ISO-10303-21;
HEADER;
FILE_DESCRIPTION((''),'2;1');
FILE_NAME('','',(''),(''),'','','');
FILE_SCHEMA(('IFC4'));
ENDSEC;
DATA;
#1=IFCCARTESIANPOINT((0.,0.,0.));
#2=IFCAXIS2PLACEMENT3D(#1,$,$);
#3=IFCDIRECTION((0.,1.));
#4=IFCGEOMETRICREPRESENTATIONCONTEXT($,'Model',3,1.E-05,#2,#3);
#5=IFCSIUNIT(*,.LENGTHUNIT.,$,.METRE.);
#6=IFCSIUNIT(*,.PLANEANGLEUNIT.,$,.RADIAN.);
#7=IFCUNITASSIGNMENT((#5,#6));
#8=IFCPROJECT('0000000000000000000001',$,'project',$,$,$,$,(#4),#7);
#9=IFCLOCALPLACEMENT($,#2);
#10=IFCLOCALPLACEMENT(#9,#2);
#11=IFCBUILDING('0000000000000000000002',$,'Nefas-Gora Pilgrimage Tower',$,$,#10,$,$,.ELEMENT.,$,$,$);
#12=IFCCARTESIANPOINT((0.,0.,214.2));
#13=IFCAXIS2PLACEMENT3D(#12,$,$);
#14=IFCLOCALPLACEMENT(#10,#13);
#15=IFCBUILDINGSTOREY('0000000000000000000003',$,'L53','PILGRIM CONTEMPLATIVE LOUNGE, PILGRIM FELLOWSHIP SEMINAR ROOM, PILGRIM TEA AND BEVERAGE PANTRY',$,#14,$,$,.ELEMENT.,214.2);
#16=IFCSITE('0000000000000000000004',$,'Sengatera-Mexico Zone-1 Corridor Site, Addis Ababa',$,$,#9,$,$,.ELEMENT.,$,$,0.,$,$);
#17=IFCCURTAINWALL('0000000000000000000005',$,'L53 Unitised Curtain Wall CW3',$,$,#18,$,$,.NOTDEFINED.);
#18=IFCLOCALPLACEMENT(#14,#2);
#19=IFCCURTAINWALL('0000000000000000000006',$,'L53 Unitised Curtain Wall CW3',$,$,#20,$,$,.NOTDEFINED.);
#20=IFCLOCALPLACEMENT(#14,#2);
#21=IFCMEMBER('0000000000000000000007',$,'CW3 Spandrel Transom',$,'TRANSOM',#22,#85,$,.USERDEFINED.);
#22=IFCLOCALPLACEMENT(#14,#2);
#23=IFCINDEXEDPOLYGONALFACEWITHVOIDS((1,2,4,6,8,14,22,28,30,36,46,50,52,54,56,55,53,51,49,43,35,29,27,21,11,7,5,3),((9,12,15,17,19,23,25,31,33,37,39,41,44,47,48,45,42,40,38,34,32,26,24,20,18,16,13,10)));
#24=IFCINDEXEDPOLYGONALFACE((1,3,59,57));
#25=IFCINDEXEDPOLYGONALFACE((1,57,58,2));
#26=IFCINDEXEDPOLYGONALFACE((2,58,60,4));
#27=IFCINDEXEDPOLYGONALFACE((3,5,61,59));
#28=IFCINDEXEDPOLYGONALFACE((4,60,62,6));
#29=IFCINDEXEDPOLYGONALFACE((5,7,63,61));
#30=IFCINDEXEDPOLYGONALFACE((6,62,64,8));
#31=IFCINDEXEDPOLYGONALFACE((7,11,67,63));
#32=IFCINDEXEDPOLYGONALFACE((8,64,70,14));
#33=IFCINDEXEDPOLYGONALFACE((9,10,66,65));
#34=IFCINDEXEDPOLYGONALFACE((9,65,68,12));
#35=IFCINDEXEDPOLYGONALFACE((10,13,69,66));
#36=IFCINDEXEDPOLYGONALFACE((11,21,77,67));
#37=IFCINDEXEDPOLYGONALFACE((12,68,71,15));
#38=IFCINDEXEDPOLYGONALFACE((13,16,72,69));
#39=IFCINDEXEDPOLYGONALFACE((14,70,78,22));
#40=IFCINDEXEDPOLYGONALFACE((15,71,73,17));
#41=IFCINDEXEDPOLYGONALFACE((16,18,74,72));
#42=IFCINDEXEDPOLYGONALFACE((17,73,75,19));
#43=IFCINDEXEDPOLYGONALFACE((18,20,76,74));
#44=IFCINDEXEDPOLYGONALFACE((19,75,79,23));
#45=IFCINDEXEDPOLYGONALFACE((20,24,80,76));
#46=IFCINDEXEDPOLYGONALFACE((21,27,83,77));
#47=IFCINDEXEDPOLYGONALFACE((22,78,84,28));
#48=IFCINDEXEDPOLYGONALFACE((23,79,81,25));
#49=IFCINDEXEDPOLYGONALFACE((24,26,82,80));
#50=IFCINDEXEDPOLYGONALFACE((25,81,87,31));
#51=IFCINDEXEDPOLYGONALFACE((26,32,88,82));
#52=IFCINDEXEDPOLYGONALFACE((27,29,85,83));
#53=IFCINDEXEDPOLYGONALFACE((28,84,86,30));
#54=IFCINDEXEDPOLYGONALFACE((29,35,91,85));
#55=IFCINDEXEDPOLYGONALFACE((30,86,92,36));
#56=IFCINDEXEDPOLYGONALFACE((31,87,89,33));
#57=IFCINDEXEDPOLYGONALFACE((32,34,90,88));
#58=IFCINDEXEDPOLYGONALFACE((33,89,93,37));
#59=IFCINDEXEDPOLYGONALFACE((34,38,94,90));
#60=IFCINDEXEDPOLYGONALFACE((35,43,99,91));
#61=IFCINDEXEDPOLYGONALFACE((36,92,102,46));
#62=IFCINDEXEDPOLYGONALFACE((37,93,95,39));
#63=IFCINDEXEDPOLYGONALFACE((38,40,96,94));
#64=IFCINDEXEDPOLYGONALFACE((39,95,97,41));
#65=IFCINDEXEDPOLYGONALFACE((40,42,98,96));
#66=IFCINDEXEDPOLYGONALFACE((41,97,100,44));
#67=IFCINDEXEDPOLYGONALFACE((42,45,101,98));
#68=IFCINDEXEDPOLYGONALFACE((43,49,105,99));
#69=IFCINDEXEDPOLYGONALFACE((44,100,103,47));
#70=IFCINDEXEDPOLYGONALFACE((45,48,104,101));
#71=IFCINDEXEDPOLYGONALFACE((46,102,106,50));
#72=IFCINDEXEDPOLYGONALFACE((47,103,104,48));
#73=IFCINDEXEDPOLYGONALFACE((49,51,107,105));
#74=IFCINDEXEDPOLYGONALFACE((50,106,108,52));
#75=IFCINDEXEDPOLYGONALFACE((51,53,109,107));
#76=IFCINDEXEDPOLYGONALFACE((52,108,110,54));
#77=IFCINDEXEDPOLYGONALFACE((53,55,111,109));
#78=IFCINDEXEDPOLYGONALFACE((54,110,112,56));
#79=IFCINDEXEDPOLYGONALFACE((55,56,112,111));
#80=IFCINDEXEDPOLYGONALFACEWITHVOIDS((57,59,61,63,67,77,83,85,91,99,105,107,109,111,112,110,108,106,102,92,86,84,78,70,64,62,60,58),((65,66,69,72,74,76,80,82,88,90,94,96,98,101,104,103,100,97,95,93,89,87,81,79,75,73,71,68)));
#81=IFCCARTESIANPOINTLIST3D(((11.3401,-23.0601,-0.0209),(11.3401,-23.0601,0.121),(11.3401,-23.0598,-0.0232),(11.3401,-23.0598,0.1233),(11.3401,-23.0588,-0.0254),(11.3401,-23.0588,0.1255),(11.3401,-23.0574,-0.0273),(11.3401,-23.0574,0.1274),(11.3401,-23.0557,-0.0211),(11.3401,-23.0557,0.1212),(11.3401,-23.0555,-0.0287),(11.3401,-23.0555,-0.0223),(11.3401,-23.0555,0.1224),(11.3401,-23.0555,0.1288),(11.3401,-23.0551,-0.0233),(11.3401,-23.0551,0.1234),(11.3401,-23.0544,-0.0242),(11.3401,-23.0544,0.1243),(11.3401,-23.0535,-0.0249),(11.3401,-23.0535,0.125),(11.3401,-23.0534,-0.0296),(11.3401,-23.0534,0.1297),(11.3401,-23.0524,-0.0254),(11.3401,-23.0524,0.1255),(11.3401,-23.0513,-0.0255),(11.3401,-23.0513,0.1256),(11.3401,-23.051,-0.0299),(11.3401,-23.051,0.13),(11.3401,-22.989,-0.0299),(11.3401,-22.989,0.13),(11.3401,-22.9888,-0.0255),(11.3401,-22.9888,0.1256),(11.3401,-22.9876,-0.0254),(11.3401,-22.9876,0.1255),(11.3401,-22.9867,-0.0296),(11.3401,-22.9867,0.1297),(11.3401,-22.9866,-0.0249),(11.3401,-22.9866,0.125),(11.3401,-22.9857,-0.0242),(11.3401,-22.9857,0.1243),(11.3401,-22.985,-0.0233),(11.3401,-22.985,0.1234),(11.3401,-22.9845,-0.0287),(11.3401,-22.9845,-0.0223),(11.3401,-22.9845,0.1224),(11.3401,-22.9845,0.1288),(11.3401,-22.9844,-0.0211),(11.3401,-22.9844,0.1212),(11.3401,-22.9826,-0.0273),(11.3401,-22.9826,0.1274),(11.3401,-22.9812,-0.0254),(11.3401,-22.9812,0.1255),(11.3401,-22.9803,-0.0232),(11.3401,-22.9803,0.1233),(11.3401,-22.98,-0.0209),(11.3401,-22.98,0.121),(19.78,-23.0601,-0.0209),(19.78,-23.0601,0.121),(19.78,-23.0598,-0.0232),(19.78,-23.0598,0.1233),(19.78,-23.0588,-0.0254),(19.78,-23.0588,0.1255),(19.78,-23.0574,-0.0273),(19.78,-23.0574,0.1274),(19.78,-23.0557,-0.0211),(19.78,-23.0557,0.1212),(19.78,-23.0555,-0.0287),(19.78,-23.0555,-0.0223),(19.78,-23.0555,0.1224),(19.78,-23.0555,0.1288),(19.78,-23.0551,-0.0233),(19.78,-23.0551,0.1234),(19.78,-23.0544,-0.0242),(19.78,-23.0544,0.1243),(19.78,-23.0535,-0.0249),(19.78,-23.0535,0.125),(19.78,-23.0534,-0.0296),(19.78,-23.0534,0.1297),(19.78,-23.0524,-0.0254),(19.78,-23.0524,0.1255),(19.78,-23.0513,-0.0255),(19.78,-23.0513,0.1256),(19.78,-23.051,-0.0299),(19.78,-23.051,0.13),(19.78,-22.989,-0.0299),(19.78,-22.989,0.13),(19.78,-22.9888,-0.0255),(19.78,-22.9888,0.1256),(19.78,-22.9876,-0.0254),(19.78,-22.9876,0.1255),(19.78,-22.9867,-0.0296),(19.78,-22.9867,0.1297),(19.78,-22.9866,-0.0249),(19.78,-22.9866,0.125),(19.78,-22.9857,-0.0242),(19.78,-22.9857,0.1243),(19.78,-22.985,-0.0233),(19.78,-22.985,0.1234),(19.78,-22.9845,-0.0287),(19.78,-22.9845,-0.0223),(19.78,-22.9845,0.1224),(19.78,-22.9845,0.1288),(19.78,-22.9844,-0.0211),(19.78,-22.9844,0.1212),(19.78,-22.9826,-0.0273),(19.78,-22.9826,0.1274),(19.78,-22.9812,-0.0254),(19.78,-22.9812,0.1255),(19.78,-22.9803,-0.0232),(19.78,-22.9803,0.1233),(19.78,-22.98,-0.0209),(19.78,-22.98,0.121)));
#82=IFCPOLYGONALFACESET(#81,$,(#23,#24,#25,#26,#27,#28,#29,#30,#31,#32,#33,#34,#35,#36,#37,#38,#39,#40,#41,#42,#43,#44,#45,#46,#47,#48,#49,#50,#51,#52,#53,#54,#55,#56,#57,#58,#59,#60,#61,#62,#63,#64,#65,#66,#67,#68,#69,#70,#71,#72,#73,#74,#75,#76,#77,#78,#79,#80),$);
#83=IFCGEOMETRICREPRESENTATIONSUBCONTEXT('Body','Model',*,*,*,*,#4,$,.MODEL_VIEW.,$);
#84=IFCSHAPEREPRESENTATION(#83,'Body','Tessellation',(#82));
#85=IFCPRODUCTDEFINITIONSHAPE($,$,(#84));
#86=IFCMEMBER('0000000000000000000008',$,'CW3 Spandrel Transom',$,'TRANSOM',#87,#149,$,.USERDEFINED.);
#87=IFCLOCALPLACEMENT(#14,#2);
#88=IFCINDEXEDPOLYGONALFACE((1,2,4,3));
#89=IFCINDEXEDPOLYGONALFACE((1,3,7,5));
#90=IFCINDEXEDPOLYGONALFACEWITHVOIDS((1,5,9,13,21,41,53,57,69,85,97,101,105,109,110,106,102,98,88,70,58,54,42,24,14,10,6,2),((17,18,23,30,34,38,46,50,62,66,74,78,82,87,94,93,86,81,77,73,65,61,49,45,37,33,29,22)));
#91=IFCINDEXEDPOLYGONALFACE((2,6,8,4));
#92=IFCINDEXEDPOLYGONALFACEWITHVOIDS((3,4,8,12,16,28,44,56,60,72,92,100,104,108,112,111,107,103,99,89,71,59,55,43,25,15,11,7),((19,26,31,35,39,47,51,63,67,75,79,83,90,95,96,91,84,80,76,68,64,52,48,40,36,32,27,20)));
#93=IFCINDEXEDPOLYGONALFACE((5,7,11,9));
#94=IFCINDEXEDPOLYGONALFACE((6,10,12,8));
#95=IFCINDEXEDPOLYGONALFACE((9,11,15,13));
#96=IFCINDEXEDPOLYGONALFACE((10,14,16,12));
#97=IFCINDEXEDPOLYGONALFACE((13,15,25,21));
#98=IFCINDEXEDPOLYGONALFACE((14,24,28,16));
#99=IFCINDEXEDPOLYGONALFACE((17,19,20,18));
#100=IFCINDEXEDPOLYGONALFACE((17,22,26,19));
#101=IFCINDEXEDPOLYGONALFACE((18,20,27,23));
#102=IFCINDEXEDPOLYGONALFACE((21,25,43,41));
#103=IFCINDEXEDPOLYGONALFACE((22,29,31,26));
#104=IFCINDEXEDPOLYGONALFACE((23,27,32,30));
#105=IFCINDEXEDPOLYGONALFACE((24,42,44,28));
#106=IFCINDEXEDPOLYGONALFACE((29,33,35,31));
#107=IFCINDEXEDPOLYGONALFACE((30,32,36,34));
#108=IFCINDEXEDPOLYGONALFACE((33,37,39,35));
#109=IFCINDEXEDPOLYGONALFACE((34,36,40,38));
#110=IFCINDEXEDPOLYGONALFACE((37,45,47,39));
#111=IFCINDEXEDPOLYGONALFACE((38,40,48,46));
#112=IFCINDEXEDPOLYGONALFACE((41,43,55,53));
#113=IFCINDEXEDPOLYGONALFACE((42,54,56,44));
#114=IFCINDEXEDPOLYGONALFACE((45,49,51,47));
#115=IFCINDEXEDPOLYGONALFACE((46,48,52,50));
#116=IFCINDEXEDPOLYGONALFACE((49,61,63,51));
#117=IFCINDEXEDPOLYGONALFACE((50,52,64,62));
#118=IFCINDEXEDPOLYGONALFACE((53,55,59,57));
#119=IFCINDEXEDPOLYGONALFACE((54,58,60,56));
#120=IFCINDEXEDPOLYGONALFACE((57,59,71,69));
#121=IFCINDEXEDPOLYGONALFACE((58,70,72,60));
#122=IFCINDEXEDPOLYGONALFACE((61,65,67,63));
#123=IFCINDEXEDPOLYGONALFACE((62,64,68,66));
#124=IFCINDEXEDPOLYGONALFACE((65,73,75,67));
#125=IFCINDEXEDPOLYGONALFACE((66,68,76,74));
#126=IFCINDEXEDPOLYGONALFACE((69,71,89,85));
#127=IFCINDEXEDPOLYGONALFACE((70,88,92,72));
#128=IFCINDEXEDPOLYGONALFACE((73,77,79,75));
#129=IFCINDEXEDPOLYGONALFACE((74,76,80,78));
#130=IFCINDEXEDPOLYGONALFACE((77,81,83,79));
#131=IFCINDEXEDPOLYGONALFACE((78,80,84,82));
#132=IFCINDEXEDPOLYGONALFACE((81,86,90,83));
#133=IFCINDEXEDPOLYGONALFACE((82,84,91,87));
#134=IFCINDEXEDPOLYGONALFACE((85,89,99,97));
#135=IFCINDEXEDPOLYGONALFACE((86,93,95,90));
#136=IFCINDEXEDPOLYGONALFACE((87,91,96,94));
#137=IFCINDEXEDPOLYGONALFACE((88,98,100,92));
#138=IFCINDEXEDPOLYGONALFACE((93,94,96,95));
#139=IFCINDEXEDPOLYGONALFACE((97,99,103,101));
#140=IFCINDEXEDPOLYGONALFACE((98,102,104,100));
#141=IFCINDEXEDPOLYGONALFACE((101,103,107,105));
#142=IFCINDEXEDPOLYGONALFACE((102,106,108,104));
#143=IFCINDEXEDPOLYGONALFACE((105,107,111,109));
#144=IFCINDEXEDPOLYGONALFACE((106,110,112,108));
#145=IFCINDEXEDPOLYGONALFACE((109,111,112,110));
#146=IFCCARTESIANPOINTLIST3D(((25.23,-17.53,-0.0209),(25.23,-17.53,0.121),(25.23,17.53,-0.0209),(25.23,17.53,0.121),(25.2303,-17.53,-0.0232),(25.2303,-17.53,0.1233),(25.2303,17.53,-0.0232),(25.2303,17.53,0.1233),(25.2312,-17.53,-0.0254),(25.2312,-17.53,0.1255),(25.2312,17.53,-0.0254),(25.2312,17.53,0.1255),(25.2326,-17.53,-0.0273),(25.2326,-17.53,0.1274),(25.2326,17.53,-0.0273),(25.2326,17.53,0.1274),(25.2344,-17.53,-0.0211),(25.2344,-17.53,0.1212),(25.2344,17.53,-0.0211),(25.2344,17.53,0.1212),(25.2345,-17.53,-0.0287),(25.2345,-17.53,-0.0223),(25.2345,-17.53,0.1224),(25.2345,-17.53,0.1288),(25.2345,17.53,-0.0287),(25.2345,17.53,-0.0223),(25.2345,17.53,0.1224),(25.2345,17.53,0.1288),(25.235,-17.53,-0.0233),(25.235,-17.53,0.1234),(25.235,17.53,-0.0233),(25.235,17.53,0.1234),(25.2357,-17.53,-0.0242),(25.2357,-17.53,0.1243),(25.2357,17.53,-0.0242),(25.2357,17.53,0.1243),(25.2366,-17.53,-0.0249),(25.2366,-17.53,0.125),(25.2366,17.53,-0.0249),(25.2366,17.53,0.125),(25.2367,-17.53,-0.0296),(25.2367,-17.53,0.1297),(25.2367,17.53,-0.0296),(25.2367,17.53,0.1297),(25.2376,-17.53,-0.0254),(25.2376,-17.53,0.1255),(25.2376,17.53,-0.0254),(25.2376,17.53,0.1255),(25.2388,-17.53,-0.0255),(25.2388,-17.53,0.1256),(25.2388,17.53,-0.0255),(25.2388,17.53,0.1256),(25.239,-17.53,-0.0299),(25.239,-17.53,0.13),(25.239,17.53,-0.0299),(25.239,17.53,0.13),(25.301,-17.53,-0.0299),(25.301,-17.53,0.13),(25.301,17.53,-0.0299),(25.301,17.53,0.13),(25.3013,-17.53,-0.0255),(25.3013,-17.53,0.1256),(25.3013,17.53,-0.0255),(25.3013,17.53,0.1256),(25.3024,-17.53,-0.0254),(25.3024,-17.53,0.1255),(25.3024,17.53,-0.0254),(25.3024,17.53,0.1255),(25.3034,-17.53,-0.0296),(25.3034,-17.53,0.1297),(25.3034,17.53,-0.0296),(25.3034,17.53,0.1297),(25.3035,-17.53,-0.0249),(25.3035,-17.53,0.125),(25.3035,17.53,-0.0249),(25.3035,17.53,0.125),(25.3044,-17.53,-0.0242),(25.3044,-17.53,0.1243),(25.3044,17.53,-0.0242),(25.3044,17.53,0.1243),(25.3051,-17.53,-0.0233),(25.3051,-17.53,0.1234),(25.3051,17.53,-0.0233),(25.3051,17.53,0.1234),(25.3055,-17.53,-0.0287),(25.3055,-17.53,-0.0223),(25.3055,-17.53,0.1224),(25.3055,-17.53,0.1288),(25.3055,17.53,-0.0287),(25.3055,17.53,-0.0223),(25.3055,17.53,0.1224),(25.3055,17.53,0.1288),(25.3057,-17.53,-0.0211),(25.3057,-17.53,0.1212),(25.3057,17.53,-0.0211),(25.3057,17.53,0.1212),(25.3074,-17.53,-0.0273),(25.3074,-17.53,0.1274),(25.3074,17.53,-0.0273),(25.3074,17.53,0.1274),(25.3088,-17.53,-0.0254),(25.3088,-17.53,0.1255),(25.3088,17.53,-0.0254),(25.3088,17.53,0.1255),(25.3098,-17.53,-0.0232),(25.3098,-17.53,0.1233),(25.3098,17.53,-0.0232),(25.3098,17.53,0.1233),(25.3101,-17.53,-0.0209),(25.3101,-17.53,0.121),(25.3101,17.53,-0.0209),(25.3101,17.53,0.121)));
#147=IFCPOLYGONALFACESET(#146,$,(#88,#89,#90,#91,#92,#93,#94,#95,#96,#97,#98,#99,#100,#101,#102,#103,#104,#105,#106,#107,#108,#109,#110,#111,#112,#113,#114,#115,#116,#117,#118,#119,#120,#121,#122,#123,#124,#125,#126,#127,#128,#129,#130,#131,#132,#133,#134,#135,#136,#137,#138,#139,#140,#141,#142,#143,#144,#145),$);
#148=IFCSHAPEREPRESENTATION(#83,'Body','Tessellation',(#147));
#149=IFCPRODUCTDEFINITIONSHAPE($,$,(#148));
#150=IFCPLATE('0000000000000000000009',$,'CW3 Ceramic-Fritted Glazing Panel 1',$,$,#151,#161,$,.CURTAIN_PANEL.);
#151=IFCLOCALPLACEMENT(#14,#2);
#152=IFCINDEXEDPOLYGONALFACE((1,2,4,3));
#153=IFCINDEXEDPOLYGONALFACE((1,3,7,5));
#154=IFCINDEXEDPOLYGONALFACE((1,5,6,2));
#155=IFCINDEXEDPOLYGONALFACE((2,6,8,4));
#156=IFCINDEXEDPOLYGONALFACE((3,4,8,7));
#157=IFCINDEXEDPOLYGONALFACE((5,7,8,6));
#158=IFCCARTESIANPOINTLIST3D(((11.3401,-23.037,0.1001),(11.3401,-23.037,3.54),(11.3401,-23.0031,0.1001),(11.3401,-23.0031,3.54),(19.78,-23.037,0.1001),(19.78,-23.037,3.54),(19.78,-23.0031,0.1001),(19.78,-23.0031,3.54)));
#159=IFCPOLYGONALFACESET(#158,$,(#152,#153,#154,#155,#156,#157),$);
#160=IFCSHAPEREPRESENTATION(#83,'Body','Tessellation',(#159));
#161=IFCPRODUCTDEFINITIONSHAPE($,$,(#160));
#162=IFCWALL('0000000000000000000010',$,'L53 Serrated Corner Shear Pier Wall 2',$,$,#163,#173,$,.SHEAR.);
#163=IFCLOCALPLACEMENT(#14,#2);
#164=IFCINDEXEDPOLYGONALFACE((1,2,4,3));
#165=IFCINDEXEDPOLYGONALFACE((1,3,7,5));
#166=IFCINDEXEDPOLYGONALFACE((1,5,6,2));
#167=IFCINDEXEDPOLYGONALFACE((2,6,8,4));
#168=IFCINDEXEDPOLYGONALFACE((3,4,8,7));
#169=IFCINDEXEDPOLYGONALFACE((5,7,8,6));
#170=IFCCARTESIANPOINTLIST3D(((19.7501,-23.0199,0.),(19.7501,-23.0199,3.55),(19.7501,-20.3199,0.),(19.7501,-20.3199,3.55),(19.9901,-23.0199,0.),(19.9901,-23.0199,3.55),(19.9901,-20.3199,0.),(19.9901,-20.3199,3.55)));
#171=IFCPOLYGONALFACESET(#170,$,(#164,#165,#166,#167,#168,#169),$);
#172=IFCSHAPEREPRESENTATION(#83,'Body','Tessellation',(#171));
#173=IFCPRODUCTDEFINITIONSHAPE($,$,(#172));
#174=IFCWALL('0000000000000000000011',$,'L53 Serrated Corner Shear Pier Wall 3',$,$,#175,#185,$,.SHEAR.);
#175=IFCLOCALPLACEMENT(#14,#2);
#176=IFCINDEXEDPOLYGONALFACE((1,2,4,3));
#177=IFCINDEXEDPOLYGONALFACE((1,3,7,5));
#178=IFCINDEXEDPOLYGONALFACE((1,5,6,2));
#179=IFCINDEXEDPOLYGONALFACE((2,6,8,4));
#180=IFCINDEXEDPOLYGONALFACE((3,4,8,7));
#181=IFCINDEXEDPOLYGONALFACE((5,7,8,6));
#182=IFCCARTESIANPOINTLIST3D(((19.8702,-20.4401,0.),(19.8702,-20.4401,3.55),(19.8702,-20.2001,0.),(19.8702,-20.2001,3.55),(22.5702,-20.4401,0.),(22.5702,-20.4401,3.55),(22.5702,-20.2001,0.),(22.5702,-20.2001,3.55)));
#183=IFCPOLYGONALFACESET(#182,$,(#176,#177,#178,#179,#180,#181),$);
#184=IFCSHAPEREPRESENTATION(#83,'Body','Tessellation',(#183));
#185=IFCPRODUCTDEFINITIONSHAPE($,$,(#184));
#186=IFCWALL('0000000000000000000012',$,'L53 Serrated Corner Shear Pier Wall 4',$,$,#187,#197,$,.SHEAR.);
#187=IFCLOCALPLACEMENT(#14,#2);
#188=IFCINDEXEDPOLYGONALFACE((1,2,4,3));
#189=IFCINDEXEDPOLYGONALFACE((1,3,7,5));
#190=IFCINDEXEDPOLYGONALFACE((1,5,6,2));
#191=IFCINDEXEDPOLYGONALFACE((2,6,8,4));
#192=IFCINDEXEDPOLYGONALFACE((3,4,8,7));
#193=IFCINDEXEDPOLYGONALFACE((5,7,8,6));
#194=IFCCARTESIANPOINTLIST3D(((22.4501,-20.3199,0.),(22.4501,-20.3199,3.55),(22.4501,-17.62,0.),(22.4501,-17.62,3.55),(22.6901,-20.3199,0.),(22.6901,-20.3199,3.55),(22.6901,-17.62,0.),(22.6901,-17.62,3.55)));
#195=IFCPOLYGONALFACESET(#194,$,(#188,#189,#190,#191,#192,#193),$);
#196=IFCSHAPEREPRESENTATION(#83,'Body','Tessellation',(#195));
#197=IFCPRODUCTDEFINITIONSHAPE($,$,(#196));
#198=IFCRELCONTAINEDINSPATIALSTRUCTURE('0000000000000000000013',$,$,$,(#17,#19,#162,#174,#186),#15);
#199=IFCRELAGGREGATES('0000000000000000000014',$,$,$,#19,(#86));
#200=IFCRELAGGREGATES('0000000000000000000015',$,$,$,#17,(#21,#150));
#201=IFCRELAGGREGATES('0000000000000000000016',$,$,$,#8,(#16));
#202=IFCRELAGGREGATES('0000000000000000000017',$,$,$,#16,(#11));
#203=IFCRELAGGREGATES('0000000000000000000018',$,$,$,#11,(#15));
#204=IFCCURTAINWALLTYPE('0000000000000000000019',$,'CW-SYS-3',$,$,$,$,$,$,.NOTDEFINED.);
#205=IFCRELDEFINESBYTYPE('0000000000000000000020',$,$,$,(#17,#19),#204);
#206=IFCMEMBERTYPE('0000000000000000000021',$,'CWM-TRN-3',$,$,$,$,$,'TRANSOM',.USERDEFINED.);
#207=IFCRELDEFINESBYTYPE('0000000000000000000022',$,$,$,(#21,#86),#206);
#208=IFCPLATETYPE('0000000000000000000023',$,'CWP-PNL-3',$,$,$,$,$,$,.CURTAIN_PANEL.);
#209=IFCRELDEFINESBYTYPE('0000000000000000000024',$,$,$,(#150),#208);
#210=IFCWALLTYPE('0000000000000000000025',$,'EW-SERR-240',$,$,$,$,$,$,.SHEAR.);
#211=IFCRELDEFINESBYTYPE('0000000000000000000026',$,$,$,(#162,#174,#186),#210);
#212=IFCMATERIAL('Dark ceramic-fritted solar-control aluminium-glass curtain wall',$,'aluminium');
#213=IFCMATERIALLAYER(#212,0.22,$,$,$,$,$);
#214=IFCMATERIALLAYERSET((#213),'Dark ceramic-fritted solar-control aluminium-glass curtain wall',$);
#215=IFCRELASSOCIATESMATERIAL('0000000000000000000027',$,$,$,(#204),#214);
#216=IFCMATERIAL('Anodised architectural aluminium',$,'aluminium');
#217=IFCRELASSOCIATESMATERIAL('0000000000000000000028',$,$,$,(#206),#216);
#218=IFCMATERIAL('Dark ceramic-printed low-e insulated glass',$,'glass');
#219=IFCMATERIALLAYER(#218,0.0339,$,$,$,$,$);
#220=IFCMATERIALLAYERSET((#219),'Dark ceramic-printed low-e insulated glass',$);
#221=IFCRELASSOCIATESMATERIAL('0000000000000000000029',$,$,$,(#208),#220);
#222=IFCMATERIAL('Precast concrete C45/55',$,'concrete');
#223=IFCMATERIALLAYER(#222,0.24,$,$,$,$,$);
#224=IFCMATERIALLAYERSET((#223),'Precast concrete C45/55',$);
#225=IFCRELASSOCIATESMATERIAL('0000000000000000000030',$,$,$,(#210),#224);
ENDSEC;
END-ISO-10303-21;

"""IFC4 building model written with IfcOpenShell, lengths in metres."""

from ifc_helpers import new_model, si_unit, direction, frame, frame_2d, origin, origin_2d, place, context, subcontext, project, spatial, rectangle, hollow_rectangle, extrude, source, transform, mapped, material, layer, layer_set, material_profile, profile_set, type_object, element, aggregate, save


model = new_model("IFC4")

# Units and contexts
model_context = context("Model", 3, precision=1e-05, world=origin(), true_north=direction((0.0, 1.0)))
body_context = subcontext(model_context, "Body", "Model", "MODEL_VIEW")
ifc_project = project(units=[si_unit("LENGTHUNIT", "METRE"), si_unit("PLANEANGLEUNIT", "RADIAN")], contexts=[model_context])

# Site, building, storey
site_placement = place(None, origin())
site = spatial("IfcSite", under=ifc_project, at=site_placement, Name="Sengatera-Mexico Zone-1 Corridor Site, Addis Ababa", CompositionType="ELEMENT", RefElevation=0.0)
building_placement = place(site_placement, origin())
building = spatial("IfcBuilding", under=site, at=building_placement, Name="Nefas-Gora Pilgrimage Tower", CompositionType="ELEMENT")
storey_placement = place(building_placement, frame((0.0, 0.0, 214.2)))
storey = spatial("IfcBuildingStorey", under=building, at=storey_placement, Name="L53", Description="PILGRIM CONTEMPLATIVE LOUNGE, PILGRIM FELLOWSHIP SEMINAR ROOM, PILGRIM TEA AND BEVERAGE PANTRY", CompositionType="ELEMENT", Elevation=214.2)

# Curtain wall
ifc_material_1 = material(Name="Dark ceramic-fritted solar-control aluminium-glass curtain wall", Category="aluminium")
ifc_layer_1 = layer(ifc_material_1, 0.22)
ifc_layer_set_1 = layer_set([ifc_layer_1], Name="Dark ceramic-fritted solar-control aluminium-glass curtain wall")
curtain_wall_type = type_object("IfcCurtainWallType", Name="CW-SYS-3", PredefinedType="NOTDEFINED", material=ifc_layer_set_1)
curtain_wall_1_placement = place(storey_placement, origin())
curtain_wall_1 = element("IfcCurtainWall", 1, at=curtain_wall_1_placement, inside=storey, type_object=curtain_wall_type, Name="L53 Unitised Curtain Wall CW3", PredefinedType="NOTDEFINED")
ifc_material_2 = material(Name="Anodised architectural aluminium", Category="aluminium")

# Curtain wall
curtain_wall_2_placement = place(storey_placement, origin())
curtain_wall_2 = element("IfcCurtainWall", 2, at=curtain_wall_2_placement, inside=storey, type_object=curtain_wall_type, Name="L53 Unitised Curtain Wall CW3", PredefinedType="NOTDEFINED")

# Members
ifc_material_profile_1 = material_profile(ifc_material_2, hollow_rectangle(XDim=0.0801, YDim=0.1599, WallThickness=0.0044, InnerFilletRadius=0.0044, OuterFilletRadius=0.009, at=origin_2d()), Name="ALU TRANSOM 80x160")
ifc_profile_set_1 = profile_set([ifc_material_profile_1], Name="Anodised architectural aluminium")
member_type_1 = type_object("IfcMemberType", Name="CWM-TRN-3", ElementType="TRANSOM", PredefinedType="USERDEFINED", material=ifc_profile_set_1)
shared_shape_1 = source(origin(), body_context, "Body", "SweptSolid", [
    extrude(hollow_rectangle(XDim=0.0801, YDim=0.1599, WallThickness=0.0044, InnerFilletRadius=0.0044, OuterFilletRadius=0.009, at=origin_2d()), origin(), (0.0, 0.0, 1.0), 8.4399),
])
member_1_placement = place(storey_placement, frame((11.3401, -23.02, 0.05), z_axis=(1.0, 0.0, 0.0), x_axis=(0.0, 1.0, 0.0)))
member_1 = element("IfcMember", 3, at=member_1_placement, type_object=member_type_1, Name="CW3 Spandrel Transom", ObjectType="TRANSOM", PredefinedType="USERDEFINED", context=body_context, shape_type="MappedRepresentation", body=[
    mapped(shared_shape_1, transform((0.0, 0.0, 0.0), x_axis=(1.0, 0.0, 0.0), y_axis=(0.0, 1.0, 0.0), z_axis=(0.0, 0.0, 1.0), scale=1.0)),
])
shared_shape_2 = source(origin(), body_context, "Body", "SweptSolid", [
    extrude(hollow_rectangle(XDim=0.0801, YDim=0.1599, WallThickness=0.0044, InnerFilletRadius=0.0044, OuterFilletRadius=0.009, at=origin_2d()), origin(), (0.0, 0.0, 1.0), 35.0601),
])
member_2_placement = place(storey_placement, frame((25.27, -17.53, 0.05), z_axis=(0.0, 1.0, 0.0), x_axis=(-1.0, 0.0, 0.0)))
member_2 = element("IfcMember", 4, at=member_2_placement, type_object=member_type_1, Name="CW3 Spandrel Transom", ObjectType="TRANSOM", PredefinedType="USERDEFINED", context=body_context, shape_type="MappedRepresentation", body=[
    mapped(shared_shape_2, transform((0.0, 0.0, 0.0), x_axis=(1.0, 0.0, 0.0), y_axis=(0.0, 1.0, 0.0), z_axis=(0.0, 0.0, 1.0), scale=1.0)),
])
aggregate(curtain_wall_2, [member_2])

# Plate
ifc_material_3 = material(Name="Dark ceramic-printed low-e insulated glass", Category="glass")
ifc_layer_2 = layer(ifc_material_3, 0.0339)
ifc_layer_set_2 = layer_set([ifc_layer_2], Name="Dark ceramic-printed low-e insulated glass")
plate_type = type_object("IfcPlateType", Name="CWP-PNL-3", PredefinedType="CURTAIN_PANEL", material=ifc_layer_set_2)
shared_shape_3 = source(origin(), body_context, "Body", "SweptSolid", [
    extrude(rectangle(XDim=8.4399, YDim=0.0339, at=origin_2d()), origin(), (0.0, 0.0, 1.0), 3.4399),
])
plate_placement = place(storey_placement, frame((15.5601, -23.02, 0.1001), z_axis=(0.0, 0.0, 1.0), x_axis=(1.0, 0.0, 0.0)))
plate = element("IfcPlate", 5, at=plate_placement, type_object=plate_type, Name="CW3 Ceramic-Fritted Glazing Panel 1", PredefinedType="CURTAIN_PANEL", context=body_context, shape_type="MappedRepresentation", body=[
    mapped(shared_shape_3, transform((0.0, 0.0, 0.0), x_axis=(1.0, 0.0, 0.0), y_axis=(0.0, 1.0, 0.0), z_axis=(0.0, 0.0, 1.0), scale=1.0)),
])
aggregate(curtain_wall_1, [member_1, plate])

# Walls
ifc_material_4 = material(Name="Precast concrete C45/55", Category="concrete")
ifc_layer_3 = layer(ifc_material_4, 0.24)
ifc_layer_set_3 = layer_set([ifc_layer_3], Name="Precast concrete C45/55")
wall_type_1 = type_object("IfcWallType", Name="EW-SERR-240", PredefinedType="SHEAR", material=ifc_layer_set_3)
shared_shape_4 = source(origin(), body_context, "Body", "SweptSolid", [
    extrude(rectangle(XDim=2.7, YDim=0.24, at=frame_2d((1.3501, 0.0))), origin(), (0.0, 0.0, 1.0), 3.55),
])
for number, where, z_axis, x_axis, name in (
    (6, (19.8701, -23.02, 0.0), (0.0, 0.0, 1.0), (0.0, 1.0, 0.0), "L53 Serrated Corner Shear Pier Wall 2"),
    (7, (19.8701, -20.3201, 0.0), (0.0, 0.0, 1.0), (1.0, 0.0, 0.0), "L53 Serrated Corner Shear Pier Wall 3"),
    (8, (22.5701, -20.3201, 0.0), (0.0, 0.0, 1.0), (0.0, 1.0, 0.0), "L53 Serrated Corner Shear Pier Wall 4"),
):
    element("IfcWall", number, at=place(storey_placement, frame(where, z_axis=z_axis, x_axis=x_axis)), inside=storey, type_object=wall_type_1, Name=name, PredefinedType="SHEAR", context=body_context, shape_type="MappedRepresentation", body=[
        mapped(shared_shape_4, transform((0.0, 0.0, 0.0), x_axis=(1.0, 0.0, 0.0), y_axis=(0.0, 1.0, 0.0), z_axis=(0.0, 0.0, 1.0), scale=1.0)),
    ])

save(model, "model.ifc")
